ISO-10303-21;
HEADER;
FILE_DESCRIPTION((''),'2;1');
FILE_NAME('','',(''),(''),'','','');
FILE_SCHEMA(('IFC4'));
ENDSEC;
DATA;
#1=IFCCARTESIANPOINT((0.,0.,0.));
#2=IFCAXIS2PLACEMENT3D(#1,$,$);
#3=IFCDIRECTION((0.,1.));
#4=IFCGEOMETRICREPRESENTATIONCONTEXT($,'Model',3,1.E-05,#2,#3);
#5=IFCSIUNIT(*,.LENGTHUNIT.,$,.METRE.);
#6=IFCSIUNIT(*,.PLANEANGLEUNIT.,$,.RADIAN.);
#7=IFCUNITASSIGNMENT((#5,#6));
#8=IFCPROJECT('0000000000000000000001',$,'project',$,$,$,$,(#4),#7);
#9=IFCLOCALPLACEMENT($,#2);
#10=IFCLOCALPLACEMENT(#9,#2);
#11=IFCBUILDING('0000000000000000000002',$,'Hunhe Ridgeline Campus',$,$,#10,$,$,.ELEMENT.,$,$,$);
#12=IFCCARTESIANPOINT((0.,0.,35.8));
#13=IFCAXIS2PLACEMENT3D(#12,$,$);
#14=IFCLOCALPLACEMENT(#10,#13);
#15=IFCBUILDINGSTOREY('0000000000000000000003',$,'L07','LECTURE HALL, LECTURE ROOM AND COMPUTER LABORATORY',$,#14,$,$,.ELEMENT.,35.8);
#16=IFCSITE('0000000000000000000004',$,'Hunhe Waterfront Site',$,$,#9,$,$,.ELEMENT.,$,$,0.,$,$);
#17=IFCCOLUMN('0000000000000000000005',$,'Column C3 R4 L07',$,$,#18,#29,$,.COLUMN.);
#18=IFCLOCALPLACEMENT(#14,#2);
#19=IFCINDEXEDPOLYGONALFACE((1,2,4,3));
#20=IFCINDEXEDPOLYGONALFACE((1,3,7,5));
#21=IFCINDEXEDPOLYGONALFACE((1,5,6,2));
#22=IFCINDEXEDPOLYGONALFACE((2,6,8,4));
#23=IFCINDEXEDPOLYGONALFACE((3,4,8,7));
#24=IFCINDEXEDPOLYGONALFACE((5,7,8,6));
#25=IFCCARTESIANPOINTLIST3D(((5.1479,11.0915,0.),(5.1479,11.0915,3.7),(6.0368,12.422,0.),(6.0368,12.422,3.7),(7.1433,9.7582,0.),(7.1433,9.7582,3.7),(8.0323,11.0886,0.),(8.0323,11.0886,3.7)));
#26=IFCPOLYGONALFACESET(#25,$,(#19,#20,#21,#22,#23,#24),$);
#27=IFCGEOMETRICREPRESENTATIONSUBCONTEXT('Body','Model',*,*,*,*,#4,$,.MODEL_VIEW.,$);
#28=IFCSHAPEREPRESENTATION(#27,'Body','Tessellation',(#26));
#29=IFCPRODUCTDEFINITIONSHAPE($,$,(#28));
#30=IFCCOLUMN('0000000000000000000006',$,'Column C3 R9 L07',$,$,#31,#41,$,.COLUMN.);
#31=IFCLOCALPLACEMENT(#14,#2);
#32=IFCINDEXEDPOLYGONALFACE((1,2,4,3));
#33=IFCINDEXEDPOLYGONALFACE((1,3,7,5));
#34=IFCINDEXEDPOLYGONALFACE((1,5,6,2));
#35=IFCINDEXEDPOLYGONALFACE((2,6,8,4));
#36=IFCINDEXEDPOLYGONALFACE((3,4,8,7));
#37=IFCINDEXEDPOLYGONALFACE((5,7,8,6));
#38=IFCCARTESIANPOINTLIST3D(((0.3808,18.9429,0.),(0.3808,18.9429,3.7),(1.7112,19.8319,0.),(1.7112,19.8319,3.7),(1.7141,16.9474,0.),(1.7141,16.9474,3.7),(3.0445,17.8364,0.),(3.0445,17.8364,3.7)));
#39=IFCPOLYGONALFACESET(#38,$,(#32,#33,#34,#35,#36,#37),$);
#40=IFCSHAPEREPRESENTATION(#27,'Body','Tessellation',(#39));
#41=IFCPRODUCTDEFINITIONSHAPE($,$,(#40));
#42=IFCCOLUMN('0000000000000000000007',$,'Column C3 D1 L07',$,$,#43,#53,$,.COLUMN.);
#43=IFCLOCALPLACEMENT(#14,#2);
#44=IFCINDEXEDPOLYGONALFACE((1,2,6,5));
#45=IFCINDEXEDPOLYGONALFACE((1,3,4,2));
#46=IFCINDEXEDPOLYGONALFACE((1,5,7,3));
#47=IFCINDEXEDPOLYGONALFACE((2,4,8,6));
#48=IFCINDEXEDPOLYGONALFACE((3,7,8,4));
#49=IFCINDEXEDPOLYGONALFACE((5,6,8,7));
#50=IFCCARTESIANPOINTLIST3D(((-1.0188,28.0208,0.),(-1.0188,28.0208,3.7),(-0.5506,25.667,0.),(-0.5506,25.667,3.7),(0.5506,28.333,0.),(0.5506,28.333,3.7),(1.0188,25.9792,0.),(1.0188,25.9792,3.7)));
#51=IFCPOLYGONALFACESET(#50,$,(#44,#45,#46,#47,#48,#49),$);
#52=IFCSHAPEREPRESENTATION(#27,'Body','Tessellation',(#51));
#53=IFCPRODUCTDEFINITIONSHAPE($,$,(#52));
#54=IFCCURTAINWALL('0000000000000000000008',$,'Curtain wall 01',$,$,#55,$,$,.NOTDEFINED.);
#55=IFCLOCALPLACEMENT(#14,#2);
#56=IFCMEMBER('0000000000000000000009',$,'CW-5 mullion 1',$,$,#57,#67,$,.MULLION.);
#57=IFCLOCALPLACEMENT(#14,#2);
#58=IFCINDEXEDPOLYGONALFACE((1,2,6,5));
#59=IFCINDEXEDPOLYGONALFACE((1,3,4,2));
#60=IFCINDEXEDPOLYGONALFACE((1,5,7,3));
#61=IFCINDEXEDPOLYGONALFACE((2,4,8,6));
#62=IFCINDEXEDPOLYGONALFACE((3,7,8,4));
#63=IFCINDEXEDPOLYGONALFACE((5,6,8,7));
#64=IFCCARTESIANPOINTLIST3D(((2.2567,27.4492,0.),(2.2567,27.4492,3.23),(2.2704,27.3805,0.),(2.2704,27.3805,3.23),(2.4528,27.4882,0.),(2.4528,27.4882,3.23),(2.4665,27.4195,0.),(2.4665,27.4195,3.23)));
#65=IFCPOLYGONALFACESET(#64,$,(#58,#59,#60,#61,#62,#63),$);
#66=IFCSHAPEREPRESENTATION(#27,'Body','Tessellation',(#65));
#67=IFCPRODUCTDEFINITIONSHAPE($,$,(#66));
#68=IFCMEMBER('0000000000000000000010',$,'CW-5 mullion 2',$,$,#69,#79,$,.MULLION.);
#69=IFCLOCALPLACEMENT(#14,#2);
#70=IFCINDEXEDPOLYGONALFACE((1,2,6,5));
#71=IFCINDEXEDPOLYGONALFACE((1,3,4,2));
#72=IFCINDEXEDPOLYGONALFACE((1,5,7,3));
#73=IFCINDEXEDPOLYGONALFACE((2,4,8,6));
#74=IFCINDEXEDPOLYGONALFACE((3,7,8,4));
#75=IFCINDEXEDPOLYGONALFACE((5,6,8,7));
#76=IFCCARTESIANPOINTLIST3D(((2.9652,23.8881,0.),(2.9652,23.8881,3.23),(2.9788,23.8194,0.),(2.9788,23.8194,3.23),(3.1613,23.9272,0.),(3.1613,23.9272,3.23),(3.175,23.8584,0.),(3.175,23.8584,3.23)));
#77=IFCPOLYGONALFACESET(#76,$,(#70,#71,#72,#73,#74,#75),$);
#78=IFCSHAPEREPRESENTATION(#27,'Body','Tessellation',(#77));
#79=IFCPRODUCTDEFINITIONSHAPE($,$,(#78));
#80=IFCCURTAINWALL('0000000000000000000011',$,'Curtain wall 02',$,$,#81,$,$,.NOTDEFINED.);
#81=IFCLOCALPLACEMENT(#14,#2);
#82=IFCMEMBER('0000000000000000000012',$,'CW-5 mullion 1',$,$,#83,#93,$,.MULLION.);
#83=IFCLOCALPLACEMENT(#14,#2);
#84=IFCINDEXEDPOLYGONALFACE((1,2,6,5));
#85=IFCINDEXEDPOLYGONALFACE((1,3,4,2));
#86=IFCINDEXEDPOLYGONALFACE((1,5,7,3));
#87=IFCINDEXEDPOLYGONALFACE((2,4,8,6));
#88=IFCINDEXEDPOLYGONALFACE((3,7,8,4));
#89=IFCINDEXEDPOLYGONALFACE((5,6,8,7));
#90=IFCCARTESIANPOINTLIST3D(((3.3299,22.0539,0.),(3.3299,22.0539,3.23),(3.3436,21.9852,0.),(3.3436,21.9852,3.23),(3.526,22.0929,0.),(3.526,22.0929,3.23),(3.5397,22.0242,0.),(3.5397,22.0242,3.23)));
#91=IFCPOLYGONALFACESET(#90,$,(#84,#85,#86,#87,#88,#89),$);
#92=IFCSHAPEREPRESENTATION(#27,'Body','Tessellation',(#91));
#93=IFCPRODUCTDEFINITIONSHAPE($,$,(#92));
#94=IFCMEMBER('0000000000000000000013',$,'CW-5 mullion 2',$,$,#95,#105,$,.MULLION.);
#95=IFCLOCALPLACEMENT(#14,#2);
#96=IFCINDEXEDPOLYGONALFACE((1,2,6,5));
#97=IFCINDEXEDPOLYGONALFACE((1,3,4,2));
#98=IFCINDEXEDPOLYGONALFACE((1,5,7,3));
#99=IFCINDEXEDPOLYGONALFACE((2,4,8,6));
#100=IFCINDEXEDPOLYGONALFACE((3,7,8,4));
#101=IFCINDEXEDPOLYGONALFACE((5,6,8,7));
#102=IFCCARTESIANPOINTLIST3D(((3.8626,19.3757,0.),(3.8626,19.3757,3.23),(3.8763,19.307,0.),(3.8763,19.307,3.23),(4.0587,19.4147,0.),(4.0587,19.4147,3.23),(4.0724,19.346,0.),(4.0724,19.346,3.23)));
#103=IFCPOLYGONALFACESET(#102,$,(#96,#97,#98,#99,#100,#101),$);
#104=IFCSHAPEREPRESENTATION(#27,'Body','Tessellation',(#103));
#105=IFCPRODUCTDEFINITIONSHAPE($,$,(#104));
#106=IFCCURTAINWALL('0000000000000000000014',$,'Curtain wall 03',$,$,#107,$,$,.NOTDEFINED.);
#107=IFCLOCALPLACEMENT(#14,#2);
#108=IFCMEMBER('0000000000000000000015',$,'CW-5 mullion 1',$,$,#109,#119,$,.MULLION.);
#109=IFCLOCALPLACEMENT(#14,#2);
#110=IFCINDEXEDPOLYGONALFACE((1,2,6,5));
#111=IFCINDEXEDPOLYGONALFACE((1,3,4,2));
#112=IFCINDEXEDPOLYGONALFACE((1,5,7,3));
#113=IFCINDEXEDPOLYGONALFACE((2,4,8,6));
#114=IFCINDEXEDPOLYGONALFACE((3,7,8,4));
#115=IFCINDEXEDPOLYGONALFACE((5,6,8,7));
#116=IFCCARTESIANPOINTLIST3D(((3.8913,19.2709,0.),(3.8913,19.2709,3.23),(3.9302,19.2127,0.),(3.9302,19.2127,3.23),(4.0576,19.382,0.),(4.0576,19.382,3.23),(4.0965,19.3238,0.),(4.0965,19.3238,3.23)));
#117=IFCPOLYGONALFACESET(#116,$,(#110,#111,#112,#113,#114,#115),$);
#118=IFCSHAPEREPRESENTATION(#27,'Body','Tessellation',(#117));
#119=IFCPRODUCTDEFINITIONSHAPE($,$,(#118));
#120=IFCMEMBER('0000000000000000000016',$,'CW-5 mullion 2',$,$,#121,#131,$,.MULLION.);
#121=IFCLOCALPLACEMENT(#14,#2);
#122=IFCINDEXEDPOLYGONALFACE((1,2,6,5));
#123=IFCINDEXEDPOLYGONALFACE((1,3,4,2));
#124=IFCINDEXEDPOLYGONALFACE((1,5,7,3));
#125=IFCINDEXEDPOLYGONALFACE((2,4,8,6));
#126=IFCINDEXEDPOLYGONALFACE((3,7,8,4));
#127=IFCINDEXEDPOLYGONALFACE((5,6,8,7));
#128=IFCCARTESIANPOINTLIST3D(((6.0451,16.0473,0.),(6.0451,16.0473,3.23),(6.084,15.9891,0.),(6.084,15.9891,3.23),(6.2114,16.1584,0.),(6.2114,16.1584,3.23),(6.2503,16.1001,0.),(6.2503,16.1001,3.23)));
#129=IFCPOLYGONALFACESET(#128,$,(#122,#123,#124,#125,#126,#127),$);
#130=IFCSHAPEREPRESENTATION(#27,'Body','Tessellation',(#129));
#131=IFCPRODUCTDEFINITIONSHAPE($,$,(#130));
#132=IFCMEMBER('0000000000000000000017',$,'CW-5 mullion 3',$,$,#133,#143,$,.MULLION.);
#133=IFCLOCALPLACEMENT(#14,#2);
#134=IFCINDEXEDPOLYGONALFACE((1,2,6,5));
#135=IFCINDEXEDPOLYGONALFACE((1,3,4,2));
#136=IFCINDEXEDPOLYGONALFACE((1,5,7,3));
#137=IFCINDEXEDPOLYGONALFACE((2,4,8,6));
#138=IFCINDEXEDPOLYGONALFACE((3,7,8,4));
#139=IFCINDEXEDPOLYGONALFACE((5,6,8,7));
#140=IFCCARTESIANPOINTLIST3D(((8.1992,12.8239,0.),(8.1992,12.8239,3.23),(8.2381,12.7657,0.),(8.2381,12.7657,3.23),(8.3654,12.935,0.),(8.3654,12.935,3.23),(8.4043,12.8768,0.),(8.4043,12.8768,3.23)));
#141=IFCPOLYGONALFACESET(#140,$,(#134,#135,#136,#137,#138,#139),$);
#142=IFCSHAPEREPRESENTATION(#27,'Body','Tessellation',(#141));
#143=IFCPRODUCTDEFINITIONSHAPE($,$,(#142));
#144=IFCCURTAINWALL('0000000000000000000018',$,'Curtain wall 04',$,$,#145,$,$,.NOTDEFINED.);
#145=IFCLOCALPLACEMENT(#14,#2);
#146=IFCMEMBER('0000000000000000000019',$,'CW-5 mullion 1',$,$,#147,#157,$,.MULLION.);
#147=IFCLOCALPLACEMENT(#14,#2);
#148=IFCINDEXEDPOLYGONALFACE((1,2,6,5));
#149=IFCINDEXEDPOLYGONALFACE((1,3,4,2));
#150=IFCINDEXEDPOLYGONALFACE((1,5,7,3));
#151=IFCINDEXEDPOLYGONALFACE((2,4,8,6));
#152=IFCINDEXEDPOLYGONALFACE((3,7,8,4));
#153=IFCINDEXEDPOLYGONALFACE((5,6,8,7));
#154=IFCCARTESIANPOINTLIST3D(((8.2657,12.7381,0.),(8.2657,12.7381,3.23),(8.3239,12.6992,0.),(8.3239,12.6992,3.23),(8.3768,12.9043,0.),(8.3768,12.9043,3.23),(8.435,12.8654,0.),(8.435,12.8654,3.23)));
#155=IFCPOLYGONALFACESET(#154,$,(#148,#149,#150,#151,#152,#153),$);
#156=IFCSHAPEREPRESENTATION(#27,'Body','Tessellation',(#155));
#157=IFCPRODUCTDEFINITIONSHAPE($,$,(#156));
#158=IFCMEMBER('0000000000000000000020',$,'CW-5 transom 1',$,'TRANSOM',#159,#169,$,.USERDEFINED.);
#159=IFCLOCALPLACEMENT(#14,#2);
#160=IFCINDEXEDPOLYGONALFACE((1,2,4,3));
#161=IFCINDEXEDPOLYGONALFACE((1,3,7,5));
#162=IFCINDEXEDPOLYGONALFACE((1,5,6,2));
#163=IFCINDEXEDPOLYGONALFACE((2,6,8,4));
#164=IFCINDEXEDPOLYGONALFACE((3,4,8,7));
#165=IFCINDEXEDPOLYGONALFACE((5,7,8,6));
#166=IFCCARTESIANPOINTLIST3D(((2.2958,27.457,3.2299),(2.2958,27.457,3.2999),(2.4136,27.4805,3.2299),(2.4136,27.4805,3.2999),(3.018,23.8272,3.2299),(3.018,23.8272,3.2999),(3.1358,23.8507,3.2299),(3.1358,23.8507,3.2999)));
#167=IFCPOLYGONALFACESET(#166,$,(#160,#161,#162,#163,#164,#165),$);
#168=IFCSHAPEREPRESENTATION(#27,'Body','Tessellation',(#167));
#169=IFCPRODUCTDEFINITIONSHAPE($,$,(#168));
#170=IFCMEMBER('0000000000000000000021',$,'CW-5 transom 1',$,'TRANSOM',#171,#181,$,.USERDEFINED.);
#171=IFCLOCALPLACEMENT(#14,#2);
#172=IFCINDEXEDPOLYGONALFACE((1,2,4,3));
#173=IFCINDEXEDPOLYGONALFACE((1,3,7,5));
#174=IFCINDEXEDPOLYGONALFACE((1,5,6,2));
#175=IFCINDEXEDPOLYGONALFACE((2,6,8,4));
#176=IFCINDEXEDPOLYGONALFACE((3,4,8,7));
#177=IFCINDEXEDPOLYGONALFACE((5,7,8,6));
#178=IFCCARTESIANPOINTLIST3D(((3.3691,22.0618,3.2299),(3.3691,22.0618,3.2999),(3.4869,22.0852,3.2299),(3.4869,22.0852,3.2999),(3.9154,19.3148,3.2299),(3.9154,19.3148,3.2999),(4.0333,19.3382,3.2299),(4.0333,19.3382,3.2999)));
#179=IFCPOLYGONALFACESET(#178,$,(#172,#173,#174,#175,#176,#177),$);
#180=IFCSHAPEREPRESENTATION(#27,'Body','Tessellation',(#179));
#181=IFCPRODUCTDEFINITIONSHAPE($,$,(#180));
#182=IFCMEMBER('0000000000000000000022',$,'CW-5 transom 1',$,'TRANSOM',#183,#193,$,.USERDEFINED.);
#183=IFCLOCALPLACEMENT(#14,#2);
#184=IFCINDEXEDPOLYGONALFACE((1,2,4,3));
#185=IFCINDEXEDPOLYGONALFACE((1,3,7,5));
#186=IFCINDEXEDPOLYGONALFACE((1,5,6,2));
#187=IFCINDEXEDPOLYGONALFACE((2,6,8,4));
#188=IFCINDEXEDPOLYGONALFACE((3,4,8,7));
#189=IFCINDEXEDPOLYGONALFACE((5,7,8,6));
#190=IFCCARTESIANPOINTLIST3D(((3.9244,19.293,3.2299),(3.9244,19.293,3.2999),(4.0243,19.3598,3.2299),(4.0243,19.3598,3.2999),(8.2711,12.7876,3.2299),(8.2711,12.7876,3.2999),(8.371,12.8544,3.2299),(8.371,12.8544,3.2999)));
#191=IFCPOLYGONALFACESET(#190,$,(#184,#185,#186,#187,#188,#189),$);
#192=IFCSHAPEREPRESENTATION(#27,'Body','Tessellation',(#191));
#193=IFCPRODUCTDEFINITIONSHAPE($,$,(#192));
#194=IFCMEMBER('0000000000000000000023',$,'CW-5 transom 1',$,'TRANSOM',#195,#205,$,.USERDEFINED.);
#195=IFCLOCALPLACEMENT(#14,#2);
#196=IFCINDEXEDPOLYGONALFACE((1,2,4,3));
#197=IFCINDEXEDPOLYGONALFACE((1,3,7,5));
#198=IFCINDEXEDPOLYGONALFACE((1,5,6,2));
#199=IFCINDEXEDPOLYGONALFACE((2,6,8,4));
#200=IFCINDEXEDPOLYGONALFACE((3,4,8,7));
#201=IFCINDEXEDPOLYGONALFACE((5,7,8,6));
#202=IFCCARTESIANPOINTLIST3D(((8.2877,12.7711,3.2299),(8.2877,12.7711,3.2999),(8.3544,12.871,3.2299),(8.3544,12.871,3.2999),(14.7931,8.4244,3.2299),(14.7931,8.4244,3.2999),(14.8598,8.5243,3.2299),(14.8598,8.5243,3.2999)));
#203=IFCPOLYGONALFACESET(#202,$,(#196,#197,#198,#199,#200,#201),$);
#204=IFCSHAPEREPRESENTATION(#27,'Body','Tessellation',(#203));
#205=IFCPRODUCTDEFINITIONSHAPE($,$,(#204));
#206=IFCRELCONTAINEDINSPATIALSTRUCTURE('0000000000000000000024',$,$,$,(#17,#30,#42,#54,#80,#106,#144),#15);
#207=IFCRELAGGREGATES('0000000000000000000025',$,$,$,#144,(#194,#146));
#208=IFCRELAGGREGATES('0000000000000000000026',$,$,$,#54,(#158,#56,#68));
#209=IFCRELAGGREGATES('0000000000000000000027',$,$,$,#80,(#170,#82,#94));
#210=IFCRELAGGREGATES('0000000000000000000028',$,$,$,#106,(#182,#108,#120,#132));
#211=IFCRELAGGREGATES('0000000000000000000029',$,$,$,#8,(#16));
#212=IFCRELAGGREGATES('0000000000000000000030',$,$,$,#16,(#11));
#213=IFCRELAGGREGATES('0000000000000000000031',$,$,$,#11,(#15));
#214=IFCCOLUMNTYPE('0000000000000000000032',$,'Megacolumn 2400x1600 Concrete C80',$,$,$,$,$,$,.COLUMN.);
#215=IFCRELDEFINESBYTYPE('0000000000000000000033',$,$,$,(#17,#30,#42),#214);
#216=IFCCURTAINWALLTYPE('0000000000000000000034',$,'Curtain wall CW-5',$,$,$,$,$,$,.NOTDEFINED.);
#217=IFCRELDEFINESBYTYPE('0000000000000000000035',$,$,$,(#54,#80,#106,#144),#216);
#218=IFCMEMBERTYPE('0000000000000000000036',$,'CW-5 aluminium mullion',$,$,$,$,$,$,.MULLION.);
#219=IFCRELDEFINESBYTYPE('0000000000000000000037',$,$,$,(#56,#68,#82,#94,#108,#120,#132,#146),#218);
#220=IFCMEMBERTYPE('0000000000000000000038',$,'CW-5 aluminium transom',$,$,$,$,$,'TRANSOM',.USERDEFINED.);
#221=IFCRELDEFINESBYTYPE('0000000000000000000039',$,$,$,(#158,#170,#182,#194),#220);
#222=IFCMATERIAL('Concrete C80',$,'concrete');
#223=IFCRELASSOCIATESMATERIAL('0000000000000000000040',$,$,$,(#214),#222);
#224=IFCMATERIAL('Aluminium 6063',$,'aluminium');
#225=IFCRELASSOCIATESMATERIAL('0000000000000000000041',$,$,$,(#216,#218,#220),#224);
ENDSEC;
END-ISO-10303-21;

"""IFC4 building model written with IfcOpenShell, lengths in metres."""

from ifc_helpers import new_model, si_unit, direction, frame, origin, origin_2d, place, context, subcontext, project, spatial, rectangle, extrude, material, material_profile, profile_set, type_object, element, aggregate, save


model = new_model("IFC4")

# Units and contexts
model_context = context("Model", 3, precision=1e-05, world=origin(), true_north=direction((0.0, 1.0)))
body_context = subcontext(model_context, "Body", "Model", "MODEL_VIEW")
ifc_project = project(units=[si_unit("LENGTHUNIT", "METRE"), si_unit("PLANEANGLEUNIT", "RADIAN")], contexts=[model_context])

# Site, building, storey
site_placement = place(None, origin())
site = spatial("IfcSite", under=ifc_project, at=site_placement, Name="Hunhe Waterfront Site", CompositionType="ELEMENT", RefElevation=0.0)
building_placement = place(site_placement, origin())
building = spatial("IfcBuilding", under=site, at=building_placement, Name="Hunhe Ridgeline Campus", CompositionType="ELEMENT")
storey_placement = place(building_placement, frame((0.0, 0.0, 35.8)))
storey = spatial("IfcBuildingStorey", under=building, at=storey_placement, Name="L07", Description="LECTURE HALL, LECTURE ROOM AND COMPUTER LABORATORY", CompositionType="ELEMENT", Elevation=35.8)

# Columns
ifc_material_1 = material(Name="Concrete C80", Category="concrete")
ifc_material_profile_1 = material_profile(ifc_material_1, rectangle(XDim=2.3999, YDim=1.6001, at=origin_2d()))
ifc_profile_set_1 = profile_set([ifc_material_profile_1], Name="Concrete C80")
column_type = type_object("IfcColumnType", Name="Megacolumn 2400x1600 Concrete C80", PredefinedType="COLUMN", material=ifc_profile_set_1)
for number, where, z_axis, x_axis, name in (
    (1, (6.5901, 11.0901, 0.0), (0.0, 0.0, 1.0), (-0.83147, 0.55557, 0.0), "Column C3 R4 L07"),
    (2, (1.7126, 18.3896, 0.0), (0.0, 0.0, 1.0), (-0.55557, 0.83147, 0.0), "Column C3 R9 L07"),
    (3, (0.0, 27.0, 0.0), (0.0, 0.0, 1.0), (-0.19509, 0.980785, 0.0), "Column C3 D1 L07"),
):
    element("IfcColumn", number, at=place(storey_placement, frame(where, z_axis=z_axis, x_axis=x_axis)), inside=storey, type_object=column_type, Name=name, PredefinedType="COLUMN", context=body_context, shape_type="SweptSolid", body=[
        extrude(rectangle(XDim=2.3999, YDim=1.6001, at=origin_2d()), origin(), (0.0, 0.0, 1.0), 3.7),
    ])

# Curtain walls, members
ifc_material_2 = material(Name="Aluminium 6063", Category="aluminium")
curtain_wall_type = type_object("IfcCurtainWallType", Name="Curtain wall CW-5", PredefinedType="NOTDEFINED", material=ifc_material_2)
curtain_wall_1_placement = place(storey_placement, origin())
curtain_wall_1 = element("IfcCurtainWall", 4, at=curtain_wall_1_placement, inside=storey, type_object=curtain_wall_type, Name="Curtain wall 01", PredefinedType="NOTDEFINED")
ifc_material_profile_2 = material_profile(ifc_material_2, rectangle(XDim=0.2, YDim=0.0701, at=origin_2d()))
ifc_profile_set_2 = profile_set([ifc_material_profile_2], Name="Aluminium 6063")
member_type_1 = type_object("IfcMemberType", Name="CW-5 aluminium mullion", PredefinedType="MULLION", material=ifc_profile_set_2)
member_1_placement = place(storey_placement, frame((2.3616, 27.4343, 0.0), z_axis=(0.0, 0.0, 1.0), x_axis=(0.980784, 0.195095, 0.0)))
member_1 = element("IfcMember", 5, at=member_1_placement, type_object=member_type_1, Name="CW-5 mullion 1", PredefinedType="MULLION", context=body_context, shape_type="SweptSolid", body=[
    extrude(rectangle(XDim=0.2, YDim=0.0701, at=origin_2d()), origin(), (0.0, 0.0, 1.0), 3.23),
])
member_2_placement = place(storey_placement, frame((3.0701, 23.8733, 0.0), z_axis=(0.0, 0.0, 1.0), x_axis=(0.980784, 0.195095, 0.0)))
member_2 = element("IfcMember", 6, at=member_2_placement, type_object=member_type_1, Name="CW-5 mullion 2", PredefinedType="MULLION", context=body_context, shape_type="SweptSolid", body=[
    extrude(rectangle(XDim=0.2, YDim=0.0701, at=origin_2d()), origin(), (0.0, 0.0, 1.0), 3.23),
])
curtain_wall_2_placement = place(storey_placement, origin())
curtain_wall_2 = element("IfcCurtainWall", 7, at=curtain_wall_2_placement, inside=storey, type_object=curtain_wall_type, Name="Curtain wall 02", PredefinedType="NOTDEFINED")
member_3_placement = place(storey_placement, frame((3.4348, 22.0391, 0.0), z_axis=(0.0, 0.0, 1.0), x_axis=(0.980784, 0.195095, 0.0)))
member_3 = element("IfcMember", 8, at=member_3_placement, type_object=member_type_1, Name="CW-5 mullion 1", PredefinedType="MULLION", context=body_context, shape_type="SweptSolid", body=[
    extrude(rectangle(XDim=0.2, YDim=0.0701, at=origin_2d()), origin(), (0.0, 0.0, 1.0), 3.23),
])
member_4_placement = place(storey_placement, frame((3.9675, 19.3608, 0.0), z_axis=(0.0, 0.0, 1.0), x_axis=(0.980784, 0.195095, 0.0)))
member_4 = element("IfcMember", 9, at=member_4_placement, type_object=member_type_1, Name="CW-5 mullion 2", PredefinedType="MULLION", context=body_context, shape_type="SweptSolid", body=[
    extrude(rectangle(XDim=0.2, YDim=0.0701, at=origin_2d()), origin(), (0.0, 0.0, 1.0), 3.23),
])
curtain_wall_3_placement = place(storey_placement, origin())
curtain_wall_3 = element("IfcCurtainWall", 10, at=curtain_wall_3_placement, inside=storey, type_object=curtain_wall_type, Name="Curtain wall 03", PredefinedType="NOTDEFINED")
member_5_placement = place(storey_placement, frame((3.9939, 19.2974, 0.0), z_axis=(0.0, 0.0, 1.0), x_axis=(0.83147, 0.55557, 0.0)))
member_5 = element("IfcMember", 11, at=member_5_placement, type_object=member_type_1, Name="CW-5 mullion 1", PredefinedType="MULLION", context=body_context, shape_type="SweptSolid", body=[
    extrude(rectangle(XDim=0.2, YDim=0.0701, at=origin_2d()), origin(), (0.0, 0.0, 1.0), 3.23),
])
member_6_placement = place(storey_placement, frame((6.1477, 16.0737, 0.0), z_axis=(0.0, 0.0, 1.0), x_axis=(0.83147, 0.55557, 0.0)))
member_6 = element("IfcMember", 12, at=member_6_placement, type_object=member_type_1, Name="CW-5 mullion 2", PredefinedType="MULLION", context=body_context, shape_type="SweptSolid", body=[
    extrude(rectangle(XDim=0.2, YDim=0.0701, at=origin_2d()), origin(), (0.0, 0.0, 1.0), 3.23),
])
member_7_placement = place(storey_placement, frame((8.3018, 12.8503, 0.0), z_axis=(0.0, 0.0, 1.0), x_axis=(0.83147, 0.55557, 0.0)))
member_7 = element("IfcMember", 13, at=member_7_placement, type_object=member_type_1, Name="CW-5 mullion 3", PredefinedType="MULLION", context=body_context, shape_type="SweptSolid", body=[
    extrude(rectangle(XDim=0.2, YDim=0.0701, at=origin_2d()), origin(), (0.0, 0.0, 1.0), 3.23),
])

# Curtain wall, member
curtain_wall_4_placement = place(storey_placement, origin())
curtain_wall_4 = element("IfcCurtainWall", 14, at=curtain_wall_4_placement, inside=storey, type_object=curtain_wall_type, Name="Curtain wall 04", PredefinedType="NOTDEFINED")
member_8_placement = place(storey_placement, frame((8.3503, 12.8018, 0.0), z_axis=(0.0, 0.0, 1.0), x_axis=(0.55557, 0.83147, 0.0)))
member_8 = element("IfcMember", 15, at=member_8_placement, type_object=member_type_1, Name="CW-5 mullion 1", PredefinedType="MULLION", context=body_context, shape_type="SweptSolid", body=[
    extrude(rectangle(XDim=0.2, YDim=0.0701, at=origin_2d()), origin(), (0.0, 0.0, 1.0), 3.23),
])

# Members
ifc_material_profile_3 = material_profile(ifc_material_2, rectangle(XDim=0.1201, YDim=0.0701, at=origin_2d()))
ifc_profile_set_3 = profile_set([ifc_material_profile_3], Name="Aluminium 6063")
member_type_2 = type_object("IfcMemberType", Name="CW-5 aluminium transom", ElementType="TRANSOM", PredefinedType="USERDEFINED", material=ifc_profile_set_3)
member_9_placement = place(storey_placement, frame((2.3547, 27.4688, 3.2649), z_axis=(0.195127, -0.980778, 0.0), x_axis=(0.980778, 0.195127, 0.0)))
member_9 = element("IfcMember", 16, at=member_9_placement, type_object=member_type_2, Name="CW-5 transom 1", ObjectType="TRANSOM", PredefinedType="USERDEFINED", context=body_context, shape_type="SweptSolid", body=[
    extrude(rectangle(XDim=0.1201, YDim=0.0701, at=origin_2d()), origin(), (0.0, 0.0, 1.0), 3.7009),
])
member_10_placement = place(storey_placement, frame((3.428, 22.0735, 3.2649), z_axis=(0.195077, -0.980788, 0.0), x_axis=(0.980788, 0.195077, 0.0)))
member_10 = element("IfcMember", 17, at=member_10_placement, type_object=member_type_2, Name="CW-5 transom 1", ObjectType="TRANSOM", PredefinedType="USERDEFINED", context=body_context, shape_type="SweptSolid", body=[
    extrude(rectangle(XDim=0.1201, YDim=0.0701, at=origin_2d()), origin(), (0.0, 0.0, 1.0), 2.8008),
])
member_11_placement = place(storey_placement, frame((3.9744, 19.3264, 3.2649), z_axis=(0.555564, -0.831474, 0.0), x_axis=(0.831474, 0.555564, 0.0)))
member_11 = element("IfcMember", 18, at=member_11_placement, type_object=member_type_2, Name="CW-5 transom 1", ObjectType="TRANSOM", PredefinedType="USERDEFINED", context=body_context, shape_type="SweptSolid", body=[
    extrude(rectangle(XDim=0.1201, YDim=0.0701, at=origin_2d()), origin(), (0.0, 0.0, 1.0), 7.824),
])
member_12_placement = place(storey_placement, frame((8.321, 12.821, 3.2649), z_axis=(0.831474, -0.555564, 0.0), x_axis=(0.555564, 0.831474, 0.0)))
member_12 = element("IfcMember", 19, at=member_12_placement, type_object=member_type_2, Name="CW-5 transom 1", ObjectType="TRANSOM", PredefinedType="USERDEFINED", context=body_context, shape_type="SweptSolid", body=[
    extrude(rectangle(XDim=0.1201, YDim=0.0701, at=origin_2d()), origin(), (0.0, 0.0, 1.0), 7.824),
])
aggregate(curtain_wall_4, [member_12, member_8])

aggregate(curtain_wall_1, [member_9, member_1, member_2])
aggregate(curtain_wall_2, [member_10, member_3, member_4])
aggregate(curtain_wall_3, [member_11, member_5, member_6, member_7])

save(model, "model.ifc")
